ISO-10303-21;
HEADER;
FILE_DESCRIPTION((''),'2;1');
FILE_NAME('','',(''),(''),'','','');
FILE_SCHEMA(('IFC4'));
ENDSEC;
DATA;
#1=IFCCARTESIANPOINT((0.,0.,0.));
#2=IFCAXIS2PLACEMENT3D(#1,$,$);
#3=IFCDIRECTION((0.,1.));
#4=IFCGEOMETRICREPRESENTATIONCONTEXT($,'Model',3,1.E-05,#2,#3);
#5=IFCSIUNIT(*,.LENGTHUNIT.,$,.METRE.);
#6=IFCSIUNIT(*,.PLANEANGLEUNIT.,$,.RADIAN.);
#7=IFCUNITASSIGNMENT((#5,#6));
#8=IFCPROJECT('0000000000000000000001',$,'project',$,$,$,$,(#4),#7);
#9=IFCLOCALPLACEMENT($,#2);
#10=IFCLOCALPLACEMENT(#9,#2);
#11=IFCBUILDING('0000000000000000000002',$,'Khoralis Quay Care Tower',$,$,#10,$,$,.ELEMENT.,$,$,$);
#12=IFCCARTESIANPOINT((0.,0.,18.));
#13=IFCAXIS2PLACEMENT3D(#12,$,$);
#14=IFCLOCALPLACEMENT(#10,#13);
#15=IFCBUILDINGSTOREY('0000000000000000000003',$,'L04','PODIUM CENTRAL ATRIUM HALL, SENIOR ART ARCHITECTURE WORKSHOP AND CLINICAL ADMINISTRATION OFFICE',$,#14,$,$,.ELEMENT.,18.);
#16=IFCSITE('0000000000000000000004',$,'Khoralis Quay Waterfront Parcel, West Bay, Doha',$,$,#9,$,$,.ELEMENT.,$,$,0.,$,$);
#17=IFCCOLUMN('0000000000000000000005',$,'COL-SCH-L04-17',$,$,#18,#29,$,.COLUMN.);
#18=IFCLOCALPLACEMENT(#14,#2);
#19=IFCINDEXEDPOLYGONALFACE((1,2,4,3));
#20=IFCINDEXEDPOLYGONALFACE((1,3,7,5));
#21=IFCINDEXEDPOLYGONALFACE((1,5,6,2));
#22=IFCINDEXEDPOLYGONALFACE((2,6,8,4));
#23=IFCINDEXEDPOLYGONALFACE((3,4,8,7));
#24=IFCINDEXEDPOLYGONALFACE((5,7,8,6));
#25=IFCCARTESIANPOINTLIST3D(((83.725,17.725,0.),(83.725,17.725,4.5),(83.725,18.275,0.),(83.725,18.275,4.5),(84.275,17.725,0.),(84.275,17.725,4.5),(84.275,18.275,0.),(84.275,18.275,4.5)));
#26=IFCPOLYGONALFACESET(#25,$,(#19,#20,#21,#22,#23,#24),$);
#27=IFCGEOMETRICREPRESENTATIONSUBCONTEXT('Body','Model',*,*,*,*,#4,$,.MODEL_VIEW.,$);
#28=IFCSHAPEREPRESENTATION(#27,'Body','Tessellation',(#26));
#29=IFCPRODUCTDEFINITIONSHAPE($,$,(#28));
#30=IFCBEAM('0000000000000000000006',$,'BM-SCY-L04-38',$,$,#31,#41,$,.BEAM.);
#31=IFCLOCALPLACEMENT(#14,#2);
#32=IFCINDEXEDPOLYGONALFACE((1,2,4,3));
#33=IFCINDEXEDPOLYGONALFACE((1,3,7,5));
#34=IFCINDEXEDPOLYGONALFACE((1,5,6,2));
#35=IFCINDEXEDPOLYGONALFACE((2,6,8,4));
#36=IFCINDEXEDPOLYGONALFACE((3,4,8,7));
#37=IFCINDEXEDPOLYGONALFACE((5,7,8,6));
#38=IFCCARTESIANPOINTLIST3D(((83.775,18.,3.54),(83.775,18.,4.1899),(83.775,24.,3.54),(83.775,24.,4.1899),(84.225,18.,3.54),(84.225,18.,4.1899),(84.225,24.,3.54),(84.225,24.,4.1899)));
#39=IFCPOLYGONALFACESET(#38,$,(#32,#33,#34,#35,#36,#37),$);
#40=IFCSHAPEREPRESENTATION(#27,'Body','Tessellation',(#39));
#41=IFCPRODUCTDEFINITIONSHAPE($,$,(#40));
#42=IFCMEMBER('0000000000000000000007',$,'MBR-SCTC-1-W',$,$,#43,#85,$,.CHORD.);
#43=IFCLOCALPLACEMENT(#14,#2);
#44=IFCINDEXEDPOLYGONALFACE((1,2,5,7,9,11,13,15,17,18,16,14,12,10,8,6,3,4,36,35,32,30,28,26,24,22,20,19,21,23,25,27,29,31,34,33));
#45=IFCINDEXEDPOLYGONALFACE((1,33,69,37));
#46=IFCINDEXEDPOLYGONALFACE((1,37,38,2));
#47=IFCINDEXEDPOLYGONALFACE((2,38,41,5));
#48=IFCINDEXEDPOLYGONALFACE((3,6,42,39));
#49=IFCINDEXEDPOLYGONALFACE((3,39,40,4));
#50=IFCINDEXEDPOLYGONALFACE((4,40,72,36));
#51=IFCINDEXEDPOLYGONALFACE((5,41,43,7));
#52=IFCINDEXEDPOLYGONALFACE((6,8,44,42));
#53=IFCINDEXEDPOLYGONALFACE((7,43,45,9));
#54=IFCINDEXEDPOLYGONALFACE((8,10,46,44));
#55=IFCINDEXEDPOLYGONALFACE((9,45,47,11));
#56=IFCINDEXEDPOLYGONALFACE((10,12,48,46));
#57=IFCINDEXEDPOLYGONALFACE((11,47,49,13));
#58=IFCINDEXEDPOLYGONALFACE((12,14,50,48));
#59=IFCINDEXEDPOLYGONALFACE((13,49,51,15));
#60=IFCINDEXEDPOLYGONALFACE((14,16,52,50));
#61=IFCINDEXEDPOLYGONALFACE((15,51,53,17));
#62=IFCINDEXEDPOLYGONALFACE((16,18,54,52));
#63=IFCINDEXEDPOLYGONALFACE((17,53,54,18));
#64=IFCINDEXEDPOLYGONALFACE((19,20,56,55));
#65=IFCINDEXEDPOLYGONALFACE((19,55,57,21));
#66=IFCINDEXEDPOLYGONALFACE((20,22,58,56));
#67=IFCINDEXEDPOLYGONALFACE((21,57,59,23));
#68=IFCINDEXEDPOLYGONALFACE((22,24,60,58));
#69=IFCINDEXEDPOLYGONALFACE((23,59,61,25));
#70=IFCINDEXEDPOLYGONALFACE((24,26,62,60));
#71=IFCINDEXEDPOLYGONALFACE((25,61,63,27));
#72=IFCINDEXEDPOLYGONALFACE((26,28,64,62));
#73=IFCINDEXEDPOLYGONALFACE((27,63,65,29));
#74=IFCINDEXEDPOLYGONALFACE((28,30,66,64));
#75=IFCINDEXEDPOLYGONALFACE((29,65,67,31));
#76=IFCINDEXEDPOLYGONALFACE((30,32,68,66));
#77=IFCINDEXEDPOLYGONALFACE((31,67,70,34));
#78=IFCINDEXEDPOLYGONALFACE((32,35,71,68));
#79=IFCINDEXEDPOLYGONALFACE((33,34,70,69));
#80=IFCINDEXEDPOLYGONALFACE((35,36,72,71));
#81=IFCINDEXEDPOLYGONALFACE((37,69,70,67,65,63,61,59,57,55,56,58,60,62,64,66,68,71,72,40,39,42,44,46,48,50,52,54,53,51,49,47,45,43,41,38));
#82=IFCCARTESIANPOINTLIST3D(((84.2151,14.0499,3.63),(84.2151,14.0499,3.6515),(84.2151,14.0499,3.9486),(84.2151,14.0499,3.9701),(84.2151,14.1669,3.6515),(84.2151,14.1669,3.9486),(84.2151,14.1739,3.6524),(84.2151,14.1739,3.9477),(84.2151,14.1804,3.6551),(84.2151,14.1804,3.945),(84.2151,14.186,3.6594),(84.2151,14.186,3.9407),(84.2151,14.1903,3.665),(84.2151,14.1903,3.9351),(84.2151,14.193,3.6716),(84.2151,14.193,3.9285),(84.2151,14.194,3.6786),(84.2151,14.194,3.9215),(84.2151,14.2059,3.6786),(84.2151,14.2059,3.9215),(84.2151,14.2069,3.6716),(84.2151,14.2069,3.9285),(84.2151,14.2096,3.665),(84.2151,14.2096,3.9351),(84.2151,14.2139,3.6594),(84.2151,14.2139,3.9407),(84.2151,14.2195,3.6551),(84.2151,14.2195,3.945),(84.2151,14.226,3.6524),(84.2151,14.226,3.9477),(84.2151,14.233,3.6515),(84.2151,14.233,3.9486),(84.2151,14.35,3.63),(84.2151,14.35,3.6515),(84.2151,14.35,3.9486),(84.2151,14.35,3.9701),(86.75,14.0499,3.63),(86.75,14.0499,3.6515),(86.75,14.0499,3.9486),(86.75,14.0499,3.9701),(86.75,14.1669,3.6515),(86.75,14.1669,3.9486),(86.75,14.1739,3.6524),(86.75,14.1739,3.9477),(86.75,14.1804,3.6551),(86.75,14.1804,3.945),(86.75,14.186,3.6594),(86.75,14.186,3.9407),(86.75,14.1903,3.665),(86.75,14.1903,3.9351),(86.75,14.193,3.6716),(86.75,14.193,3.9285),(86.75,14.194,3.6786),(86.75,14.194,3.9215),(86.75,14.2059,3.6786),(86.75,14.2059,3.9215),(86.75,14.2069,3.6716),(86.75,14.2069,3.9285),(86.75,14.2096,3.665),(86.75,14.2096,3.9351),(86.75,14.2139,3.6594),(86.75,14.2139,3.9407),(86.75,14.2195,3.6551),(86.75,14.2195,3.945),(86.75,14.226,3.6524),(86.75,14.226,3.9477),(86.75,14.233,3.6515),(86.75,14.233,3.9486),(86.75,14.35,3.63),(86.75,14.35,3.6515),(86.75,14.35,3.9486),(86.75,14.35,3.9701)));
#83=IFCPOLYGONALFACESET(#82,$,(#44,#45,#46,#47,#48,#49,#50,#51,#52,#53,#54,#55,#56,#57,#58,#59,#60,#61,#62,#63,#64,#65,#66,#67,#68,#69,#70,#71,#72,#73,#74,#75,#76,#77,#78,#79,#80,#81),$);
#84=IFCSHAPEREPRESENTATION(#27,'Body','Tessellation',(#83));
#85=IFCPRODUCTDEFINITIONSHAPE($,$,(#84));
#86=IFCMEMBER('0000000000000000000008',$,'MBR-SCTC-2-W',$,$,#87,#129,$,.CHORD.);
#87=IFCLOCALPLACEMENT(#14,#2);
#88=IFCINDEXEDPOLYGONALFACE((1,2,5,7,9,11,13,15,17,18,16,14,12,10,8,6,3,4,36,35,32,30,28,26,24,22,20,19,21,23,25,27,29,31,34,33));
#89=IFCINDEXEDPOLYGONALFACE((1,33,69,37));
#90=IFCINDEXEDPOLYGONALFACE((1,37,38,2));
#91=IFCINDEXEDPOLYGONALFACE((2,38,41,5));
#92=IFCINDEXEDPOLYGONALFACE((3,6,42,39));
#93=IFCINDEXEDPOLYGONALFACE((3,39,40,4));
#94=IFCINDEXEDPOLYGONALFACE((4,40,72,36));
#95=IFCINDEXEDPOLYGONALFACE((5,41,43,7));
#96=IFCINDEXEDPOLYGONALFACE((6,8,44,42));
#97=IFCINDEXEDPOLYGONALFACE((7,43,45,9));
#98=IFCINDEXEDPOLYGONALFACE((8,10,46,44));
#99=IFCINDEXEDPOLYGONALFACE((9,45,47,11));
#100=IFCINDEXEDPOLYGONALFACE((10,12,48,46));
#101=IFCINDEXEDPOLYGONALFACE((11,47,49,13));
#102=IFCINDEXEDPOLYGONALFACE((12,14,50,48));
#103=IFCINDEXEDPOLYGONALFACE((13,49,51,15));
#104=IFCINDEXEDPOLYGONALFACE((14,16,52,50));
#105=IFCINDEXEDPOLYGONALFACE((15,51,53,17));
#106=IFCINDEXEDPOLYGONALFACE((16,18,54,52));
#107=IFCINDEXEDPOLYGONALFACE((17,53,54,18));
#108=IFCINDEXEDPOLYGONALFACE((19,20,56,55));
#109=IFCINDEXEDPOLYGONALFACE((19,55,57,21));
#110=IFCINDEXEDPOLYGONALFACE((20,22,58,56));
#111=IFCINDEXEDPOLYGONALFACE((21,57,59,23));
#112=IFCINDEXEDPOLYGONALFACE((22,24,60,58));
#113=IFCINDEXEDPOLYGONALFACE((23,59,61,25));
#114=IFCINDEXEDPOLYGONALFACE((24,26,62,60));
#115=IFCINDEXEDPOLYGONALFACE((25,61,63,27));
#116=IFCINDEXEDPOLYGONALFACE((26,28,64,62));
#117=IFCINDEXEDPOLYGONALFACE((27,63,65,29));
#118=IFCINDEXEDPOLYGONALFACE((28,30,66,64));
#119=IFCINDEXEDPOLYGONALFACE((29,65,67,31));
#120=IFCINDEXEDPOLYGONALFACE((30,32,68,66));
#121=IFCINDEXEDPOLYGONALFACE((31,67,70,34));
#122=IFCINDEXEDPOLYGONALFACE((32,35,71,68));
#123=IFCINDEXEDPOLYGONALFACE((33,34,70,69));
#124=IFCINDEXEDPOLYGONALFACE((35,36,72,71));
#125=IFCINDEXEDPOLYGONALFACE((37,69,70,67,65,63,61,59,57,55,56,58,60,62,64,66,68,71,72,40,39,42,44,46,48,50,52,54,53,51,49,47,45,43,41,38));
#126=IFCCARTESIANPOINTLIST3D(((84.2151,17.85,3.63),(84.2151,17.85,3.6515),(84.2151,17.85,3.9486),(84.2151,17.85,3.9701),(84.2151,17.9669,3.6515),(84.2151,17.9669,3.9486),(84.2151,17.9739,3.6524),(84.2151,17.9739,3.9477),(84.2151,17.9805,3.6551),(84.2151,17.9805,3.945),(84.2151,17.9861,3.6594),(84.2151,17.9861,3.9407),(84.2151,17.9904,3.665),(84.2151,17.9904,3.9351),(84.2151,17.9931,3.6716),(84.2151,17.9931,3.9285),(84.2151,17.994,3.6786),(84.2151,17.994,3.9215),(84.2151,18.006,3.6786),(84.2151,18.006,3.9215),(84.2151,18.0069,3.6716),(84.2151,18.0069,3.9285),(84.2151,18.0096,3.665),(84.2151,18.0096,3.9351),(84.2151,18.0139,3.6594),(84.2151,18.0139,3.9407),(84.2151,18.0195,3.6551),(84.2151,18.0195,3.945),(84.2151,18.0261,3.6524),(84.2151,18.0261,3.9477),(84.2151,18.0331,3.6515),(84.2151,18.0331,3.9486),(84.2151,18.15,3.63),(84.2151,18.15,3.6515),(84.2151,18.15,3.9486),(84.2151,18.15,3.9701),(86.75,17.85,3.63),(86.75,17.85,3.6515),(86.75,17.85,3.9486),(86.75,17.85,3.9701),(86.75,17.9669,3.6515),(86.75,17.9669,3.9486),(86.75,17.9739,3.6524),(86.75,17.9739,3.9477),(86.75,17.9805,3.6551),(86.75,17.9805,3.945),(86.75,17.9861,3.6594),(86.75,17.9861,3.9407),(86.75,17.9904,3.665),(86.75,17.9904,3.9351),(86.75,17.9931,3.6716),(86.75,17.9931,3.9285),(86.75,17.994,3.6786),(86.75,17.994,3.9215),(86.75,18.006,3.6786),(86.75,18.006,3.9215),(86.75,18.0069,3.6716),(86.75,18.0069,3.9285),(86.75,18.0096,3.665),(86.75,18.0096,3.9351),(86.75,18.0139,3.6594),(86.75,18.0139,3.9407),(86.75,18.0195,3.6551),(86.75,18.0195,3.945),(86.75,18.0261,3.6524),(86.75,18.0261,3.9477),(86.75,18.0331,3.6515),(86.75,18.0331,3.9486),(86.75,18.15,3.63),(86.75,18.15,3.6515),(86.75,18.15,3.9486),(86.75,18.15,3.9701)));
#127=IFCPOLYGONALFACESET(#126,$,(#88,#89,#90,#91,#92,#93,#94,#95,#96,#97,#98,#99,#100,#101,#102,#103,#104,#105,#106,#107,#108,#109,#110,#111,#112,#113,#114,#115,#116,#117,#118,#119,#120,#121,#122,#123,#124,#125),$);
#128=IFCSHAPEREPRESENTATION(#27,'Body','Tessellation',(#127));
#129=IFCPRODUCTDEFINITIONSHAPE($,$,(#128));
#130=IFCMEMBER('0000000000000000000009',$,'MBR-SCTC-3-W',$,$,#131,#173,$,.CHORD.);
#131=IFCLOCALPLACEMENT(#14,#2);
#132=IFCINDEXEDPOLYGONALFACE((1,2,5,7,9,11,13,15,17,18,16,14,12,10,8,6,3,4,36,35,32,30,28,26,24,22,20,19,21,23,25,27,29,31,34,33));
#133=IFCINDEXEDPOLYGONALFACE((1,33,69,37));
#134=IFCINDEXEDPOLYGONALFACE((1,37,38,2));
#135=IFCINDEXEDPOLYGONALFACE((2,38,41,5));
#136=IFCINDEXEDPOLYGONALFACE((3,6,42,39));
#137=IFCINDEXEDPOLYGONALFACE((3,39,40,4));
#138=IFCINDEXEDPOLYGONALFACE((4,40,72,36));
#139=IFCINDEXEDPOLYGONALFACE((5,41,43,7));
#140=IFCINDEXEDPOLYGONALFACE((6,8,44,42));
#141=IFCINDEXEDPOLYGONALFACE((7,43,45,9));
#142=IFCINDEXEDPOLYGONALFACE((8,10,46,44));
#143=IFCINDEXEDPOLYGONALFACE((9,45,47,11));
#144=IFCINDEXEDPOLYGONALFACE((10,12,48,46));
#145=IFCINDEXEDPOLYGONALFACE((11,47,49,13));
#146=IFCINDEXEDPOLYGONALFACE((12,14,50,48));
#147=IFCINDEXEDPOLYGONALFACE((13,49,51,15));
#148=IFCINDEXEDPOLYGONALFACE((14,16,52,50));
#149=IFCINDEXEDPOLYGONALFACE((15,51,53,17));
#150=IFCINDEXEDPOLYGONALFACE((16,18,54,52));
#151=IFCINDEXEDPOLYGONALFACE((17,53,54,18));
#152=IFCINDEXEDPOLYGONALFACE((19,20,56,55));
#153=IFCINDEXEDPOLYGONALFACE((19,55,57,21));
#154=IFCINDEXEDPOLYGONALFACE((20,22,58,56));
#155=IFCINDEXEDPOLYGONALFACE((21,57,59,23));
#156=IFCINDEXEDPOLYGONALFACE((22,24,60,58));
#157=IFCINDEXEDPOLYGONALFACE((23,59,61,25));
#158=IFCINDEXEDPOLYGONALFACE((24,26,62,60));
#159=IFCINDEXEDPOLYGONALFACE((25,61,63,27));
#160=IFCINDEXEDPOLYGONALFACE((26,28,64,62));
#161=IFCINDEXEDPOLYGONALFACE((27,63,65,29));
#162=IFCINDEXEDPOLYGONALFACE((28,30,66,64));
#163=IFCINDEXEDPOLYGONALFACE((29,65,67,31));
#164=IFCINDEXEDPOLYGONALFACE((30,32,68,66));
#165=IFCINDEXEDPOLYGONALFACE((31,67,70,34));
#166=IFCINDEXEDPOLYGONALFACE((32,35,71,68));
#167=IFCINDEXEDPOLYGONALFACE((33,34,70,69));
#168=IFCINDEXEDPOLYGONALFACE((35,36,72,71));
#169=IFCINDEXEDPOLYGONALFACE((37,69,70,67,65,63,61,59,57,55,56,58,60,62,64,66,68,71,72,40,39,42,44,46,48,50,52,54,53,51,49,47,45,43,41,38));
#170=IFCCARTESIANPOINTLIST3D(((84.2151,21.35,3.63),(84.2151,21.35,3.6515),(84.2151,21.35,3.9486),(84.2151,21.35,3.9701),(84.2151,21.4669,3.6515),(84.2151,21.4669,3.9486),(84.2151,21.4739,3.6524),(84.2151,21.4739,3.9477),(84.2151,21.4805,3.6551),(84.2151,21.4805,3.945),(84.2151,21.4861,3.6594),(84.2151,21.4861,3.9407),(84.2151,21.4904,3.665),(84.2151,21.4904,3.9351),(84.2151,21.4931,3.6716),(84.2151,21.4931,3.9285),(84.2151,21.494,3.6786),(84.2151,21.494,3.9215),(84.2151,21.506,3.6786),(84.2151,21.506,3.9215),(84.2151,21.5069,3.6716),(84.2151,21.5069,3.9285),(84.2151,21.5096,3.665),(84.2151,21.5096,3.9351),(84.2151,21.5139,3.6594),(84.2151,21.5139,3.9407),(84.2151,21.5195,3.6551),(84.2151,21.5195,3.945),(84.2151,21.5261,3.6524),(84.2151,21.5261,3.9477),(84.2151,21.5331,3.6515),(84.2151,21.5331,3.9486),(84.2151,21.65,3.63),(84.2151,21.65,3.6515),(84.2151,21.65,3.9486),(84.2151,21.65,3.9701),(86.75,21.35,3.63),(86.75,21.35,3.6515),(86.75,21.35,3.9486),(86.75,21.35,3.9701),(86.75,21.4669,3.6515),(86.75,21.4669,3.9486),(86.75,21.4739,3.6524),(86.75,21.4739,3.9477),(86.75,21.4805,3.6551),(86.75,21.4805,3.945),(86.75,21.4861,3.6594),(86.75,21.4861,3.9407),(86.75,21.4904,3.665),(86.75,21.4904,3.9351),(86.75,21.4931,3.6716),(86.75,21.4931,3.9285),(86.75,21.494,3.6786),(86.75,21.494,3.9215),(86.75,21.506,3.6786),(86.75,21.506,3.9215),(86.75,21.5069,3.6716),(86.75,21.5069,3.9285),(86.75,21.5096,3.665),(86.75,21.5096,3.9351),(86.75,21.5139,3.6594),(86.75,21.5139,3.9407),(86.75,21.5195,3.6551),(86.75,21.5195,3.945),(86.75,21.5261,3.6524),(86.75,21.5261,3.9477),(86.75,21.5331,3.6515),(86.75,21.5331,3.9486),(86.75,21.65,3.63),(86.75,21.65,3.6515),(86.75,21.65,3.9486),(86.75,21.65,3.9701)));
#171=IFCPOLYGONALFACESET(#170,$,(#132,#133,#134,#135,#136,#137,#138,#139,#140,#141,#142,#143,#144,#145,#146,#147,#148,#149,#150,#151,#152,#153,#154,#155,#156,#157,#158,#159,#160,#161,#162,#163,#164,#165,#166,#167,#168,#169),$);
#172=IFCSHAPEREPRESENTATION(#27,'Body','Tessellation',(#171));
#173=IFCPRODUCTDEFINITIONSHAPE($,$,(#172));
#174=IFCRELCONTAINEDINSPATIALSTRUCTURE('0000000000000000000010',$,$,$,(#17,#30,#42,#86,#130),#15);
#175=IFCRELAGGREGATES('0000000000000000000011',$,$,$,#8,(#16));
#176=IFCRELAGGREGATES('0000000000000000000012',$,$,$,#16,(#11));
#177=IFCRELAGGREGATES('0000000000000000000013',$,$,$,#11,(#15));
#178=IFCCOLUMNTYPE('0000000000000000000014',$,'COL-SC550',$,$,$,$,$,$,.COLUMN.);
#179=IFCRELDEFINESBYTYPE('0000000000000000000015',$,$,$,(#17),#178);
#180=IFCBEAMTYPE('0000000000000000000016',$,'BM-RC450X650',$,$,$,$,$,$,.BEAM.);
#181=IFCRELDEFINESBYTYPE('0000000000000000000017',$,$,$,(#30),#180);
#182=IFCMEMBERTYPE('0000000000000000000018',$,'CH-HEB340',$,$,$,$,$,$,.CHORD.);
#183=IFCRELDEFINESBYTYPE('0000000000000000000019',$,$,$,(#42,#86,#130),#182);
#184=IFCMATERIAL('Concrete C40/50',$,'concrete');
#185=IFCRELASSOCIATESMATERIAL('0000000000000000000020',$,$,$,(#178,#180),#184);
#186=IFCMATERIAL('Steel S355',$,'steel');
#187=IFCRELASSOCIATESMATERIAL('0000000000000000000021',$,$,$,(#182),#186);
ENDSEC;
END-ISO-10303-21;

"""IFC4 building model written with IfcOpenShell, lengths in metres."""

from ifc_helpers import new_model, si_unit, direction, frame, origin, origin_2d, place, context, subcontext, project, spatial, rectangle, i_section, extrude, source, transform, mapped, material, material_profile, profile_set, type_object, element, save


model = new_model("IFC4")

# Units and contexts
model_context = context("Model", 3, precision=1e-05, world=origin(), true_north=direction((0.0, 1.0)))
body_context = subcontext(model_context, "Body", "Model", "MODEL_VIEW")
ifc_project = project(units=[si_unit("LENGTHUNIT", "METRE"), si_unit("PLANEANGLEUNIT", "RADIAN")], contexts=[model_context])

# Site, building, storey
site_placement = place(None, origin())
site = spatial("IfcSite", under=ifc_project, at=site_placement, Name="Khoralis Quay Waterfront Parcel, West Bay, Doha", CompositionType="ELEMENT", RefElevation=0.0)
building_placement = place(site_placement, origin())
building = spatial("IfcBuilding", under=site, at=building_placement, Name="Khoralis Quay Care Tower", CompositionType="ELEMENT")
storey_placement = place(building_placement, frame((0.0, 0.0, 18.0)))
storey = spatial("IfcBuildingStorey", under=building, at=storey_placement, Name="L04", Description="PODIUM CENTRAL ATRIUM HALL, SENIOR ART ARCHITECTURE WORKSHOP AND CLINICAL ADMINISTRATION OFFICE", CompositionType="ELEMENT", Elevation=18.0)

# Column
ifc_material_1 = material(Name="Concrete C40/50", Category="concrete")
ifc_material_profile_1 = material_profile(ifc_material_1, rectangle(XDim=0.55, YDim=0.55, at=origin_2d()), Name="Concrete C40/50")
ifc_profile_set_1 = profile_set([ifc_material_profile_1], Name="Concrete C40/50")
column_type = type_object("IfcColumnType", Name="COL-SC550", PredefinedType="COLUMN", material=ifc_profile_set_1)
shared_shape_1 = source(origin(), body_context, "Body", "SweptSolid", [
    extrude(rectangle(XDim=0.55, YDim=0.55, at=origin_2d()), origin(), (0.0, 0.0, 1.0), 4.5),
])
column_placement = place(storey_placement, frame((84.0, 18.0, 0.0), z_axis=(0.0, 0.0, 1.0), x_axis=(1.0, 0.0, 0.0)))
element("IfcColumn", 1, at=column_placement, inside=storey, type_object=column_type, Name="COL-SCH-L04-17", PredefinedType="COLUMN", context=body_context, shape_type="MappedRepresentation", body=[
    mapped(shared_shape_1, transform((0.0, 0.0, 0.0), scale=1.0)),
])

# Beam
ifc_material_profile_2 = material_profile(ifc_material_1, rectangle(XDim=0.45, YDim=0.6499, at=origin_2d()), Name="Concrete C40/50")
ifc_profile_set_2 = profile_set([ifc_material_profile_2], Name="Concrete C40/50")
beam_type = type_object("IfcBeamType", Name="BM-RC450X650", PredefinedType="BEAM", material=ifc_profile_set_2)
shared_shape_2 = source(origin(), body_context, "Body", "SweptSolid", [
    extrude(rectangle(XDim=0.45, YDim=0.6499, at=origin_2d()), origin(), (0.0, 0.0, 1.0), 6.0),
])
beam_placement = place(storey_placement, frame((84.0, 18.0, 3.865), z_axis=(0.0, 1.0, 0.0), x_axis=(-1.0, 0.0, 0.0)))
element("IfcBeam", 2, at=beam_placement, inside=storey, type_object=beam_type, Name="BM-SCY-L04-38", PredefinedType="BEAM", context=body_context, shape_type="MappedRepresentation", body=[
    mapped(shared_shape_2, transform((0.0, 0.0, 0.0), scale=1.0)),
])

# Members
ifc_material_2 = material(Name="Steel S355", Category="steel")
ifc_material_profile_3 = material_profile(ifc_material_2, i_section(OverallWidth=0.3, OverallDepth=0.3401, WebThickness=0.012, FlangeThickness=0.0215, FilletRadius=0.0271, at=origin_2d()), Name="Steel S355")
ifc_profile_set_3 = profile_set([ifc_material_profile_3], Name="Steel S355")
member_type_1 = type_object("IfcMemberType", Name="CH-HEB340", PredefinedType="CHORD", material=ifc_profile_set_3)
shared_shape_3 = source(origin(), body_context, "Body", "SweptSolid", [
    extrude(i_section(OverallWidth=0.3, OverallDepth=0.3401, WebThickness=0.012, FlangeThickness=0.0215, FilletRadius=0.0271, at=origin_2d()), origin(), (0.0, 0.0, 1.0), 2.5349),
])
for number, where, z_axis, x_axis, name in (
    (3, (84.2151, 14.2, 3.8), (1.0, 0.0, 0.0), (0.0, 1.0, 0.0), "MBR-SCTC-1-W"),
    (4, (84.2151, 18.0, 3.8), (1.0, 0.0, 0.0), (0.0, 1.0, 0.0), "MBR-SCTC-2-W"),
    (5, (84.2151, 21.5, 3.8), (1.0, 0.0, 0.0), (0.0, 1.0, 0.0), "MBR-SCTC-3-W"),
):
    element("IfcMember", number, at=place(storey_placement, frame(where, z_axis=z_axis, x_axis=x_axis)), inside=storey, type_object=member_type_1, Name=name, PredefinedType="CHORD", context=body_context, shape_type="MappedRepresentation", body=[
        mapped(shared_shape_3, transform((0.0, 0.0, 0.0), scale=1.0)),
    ])

save(model, "model.ifc")
